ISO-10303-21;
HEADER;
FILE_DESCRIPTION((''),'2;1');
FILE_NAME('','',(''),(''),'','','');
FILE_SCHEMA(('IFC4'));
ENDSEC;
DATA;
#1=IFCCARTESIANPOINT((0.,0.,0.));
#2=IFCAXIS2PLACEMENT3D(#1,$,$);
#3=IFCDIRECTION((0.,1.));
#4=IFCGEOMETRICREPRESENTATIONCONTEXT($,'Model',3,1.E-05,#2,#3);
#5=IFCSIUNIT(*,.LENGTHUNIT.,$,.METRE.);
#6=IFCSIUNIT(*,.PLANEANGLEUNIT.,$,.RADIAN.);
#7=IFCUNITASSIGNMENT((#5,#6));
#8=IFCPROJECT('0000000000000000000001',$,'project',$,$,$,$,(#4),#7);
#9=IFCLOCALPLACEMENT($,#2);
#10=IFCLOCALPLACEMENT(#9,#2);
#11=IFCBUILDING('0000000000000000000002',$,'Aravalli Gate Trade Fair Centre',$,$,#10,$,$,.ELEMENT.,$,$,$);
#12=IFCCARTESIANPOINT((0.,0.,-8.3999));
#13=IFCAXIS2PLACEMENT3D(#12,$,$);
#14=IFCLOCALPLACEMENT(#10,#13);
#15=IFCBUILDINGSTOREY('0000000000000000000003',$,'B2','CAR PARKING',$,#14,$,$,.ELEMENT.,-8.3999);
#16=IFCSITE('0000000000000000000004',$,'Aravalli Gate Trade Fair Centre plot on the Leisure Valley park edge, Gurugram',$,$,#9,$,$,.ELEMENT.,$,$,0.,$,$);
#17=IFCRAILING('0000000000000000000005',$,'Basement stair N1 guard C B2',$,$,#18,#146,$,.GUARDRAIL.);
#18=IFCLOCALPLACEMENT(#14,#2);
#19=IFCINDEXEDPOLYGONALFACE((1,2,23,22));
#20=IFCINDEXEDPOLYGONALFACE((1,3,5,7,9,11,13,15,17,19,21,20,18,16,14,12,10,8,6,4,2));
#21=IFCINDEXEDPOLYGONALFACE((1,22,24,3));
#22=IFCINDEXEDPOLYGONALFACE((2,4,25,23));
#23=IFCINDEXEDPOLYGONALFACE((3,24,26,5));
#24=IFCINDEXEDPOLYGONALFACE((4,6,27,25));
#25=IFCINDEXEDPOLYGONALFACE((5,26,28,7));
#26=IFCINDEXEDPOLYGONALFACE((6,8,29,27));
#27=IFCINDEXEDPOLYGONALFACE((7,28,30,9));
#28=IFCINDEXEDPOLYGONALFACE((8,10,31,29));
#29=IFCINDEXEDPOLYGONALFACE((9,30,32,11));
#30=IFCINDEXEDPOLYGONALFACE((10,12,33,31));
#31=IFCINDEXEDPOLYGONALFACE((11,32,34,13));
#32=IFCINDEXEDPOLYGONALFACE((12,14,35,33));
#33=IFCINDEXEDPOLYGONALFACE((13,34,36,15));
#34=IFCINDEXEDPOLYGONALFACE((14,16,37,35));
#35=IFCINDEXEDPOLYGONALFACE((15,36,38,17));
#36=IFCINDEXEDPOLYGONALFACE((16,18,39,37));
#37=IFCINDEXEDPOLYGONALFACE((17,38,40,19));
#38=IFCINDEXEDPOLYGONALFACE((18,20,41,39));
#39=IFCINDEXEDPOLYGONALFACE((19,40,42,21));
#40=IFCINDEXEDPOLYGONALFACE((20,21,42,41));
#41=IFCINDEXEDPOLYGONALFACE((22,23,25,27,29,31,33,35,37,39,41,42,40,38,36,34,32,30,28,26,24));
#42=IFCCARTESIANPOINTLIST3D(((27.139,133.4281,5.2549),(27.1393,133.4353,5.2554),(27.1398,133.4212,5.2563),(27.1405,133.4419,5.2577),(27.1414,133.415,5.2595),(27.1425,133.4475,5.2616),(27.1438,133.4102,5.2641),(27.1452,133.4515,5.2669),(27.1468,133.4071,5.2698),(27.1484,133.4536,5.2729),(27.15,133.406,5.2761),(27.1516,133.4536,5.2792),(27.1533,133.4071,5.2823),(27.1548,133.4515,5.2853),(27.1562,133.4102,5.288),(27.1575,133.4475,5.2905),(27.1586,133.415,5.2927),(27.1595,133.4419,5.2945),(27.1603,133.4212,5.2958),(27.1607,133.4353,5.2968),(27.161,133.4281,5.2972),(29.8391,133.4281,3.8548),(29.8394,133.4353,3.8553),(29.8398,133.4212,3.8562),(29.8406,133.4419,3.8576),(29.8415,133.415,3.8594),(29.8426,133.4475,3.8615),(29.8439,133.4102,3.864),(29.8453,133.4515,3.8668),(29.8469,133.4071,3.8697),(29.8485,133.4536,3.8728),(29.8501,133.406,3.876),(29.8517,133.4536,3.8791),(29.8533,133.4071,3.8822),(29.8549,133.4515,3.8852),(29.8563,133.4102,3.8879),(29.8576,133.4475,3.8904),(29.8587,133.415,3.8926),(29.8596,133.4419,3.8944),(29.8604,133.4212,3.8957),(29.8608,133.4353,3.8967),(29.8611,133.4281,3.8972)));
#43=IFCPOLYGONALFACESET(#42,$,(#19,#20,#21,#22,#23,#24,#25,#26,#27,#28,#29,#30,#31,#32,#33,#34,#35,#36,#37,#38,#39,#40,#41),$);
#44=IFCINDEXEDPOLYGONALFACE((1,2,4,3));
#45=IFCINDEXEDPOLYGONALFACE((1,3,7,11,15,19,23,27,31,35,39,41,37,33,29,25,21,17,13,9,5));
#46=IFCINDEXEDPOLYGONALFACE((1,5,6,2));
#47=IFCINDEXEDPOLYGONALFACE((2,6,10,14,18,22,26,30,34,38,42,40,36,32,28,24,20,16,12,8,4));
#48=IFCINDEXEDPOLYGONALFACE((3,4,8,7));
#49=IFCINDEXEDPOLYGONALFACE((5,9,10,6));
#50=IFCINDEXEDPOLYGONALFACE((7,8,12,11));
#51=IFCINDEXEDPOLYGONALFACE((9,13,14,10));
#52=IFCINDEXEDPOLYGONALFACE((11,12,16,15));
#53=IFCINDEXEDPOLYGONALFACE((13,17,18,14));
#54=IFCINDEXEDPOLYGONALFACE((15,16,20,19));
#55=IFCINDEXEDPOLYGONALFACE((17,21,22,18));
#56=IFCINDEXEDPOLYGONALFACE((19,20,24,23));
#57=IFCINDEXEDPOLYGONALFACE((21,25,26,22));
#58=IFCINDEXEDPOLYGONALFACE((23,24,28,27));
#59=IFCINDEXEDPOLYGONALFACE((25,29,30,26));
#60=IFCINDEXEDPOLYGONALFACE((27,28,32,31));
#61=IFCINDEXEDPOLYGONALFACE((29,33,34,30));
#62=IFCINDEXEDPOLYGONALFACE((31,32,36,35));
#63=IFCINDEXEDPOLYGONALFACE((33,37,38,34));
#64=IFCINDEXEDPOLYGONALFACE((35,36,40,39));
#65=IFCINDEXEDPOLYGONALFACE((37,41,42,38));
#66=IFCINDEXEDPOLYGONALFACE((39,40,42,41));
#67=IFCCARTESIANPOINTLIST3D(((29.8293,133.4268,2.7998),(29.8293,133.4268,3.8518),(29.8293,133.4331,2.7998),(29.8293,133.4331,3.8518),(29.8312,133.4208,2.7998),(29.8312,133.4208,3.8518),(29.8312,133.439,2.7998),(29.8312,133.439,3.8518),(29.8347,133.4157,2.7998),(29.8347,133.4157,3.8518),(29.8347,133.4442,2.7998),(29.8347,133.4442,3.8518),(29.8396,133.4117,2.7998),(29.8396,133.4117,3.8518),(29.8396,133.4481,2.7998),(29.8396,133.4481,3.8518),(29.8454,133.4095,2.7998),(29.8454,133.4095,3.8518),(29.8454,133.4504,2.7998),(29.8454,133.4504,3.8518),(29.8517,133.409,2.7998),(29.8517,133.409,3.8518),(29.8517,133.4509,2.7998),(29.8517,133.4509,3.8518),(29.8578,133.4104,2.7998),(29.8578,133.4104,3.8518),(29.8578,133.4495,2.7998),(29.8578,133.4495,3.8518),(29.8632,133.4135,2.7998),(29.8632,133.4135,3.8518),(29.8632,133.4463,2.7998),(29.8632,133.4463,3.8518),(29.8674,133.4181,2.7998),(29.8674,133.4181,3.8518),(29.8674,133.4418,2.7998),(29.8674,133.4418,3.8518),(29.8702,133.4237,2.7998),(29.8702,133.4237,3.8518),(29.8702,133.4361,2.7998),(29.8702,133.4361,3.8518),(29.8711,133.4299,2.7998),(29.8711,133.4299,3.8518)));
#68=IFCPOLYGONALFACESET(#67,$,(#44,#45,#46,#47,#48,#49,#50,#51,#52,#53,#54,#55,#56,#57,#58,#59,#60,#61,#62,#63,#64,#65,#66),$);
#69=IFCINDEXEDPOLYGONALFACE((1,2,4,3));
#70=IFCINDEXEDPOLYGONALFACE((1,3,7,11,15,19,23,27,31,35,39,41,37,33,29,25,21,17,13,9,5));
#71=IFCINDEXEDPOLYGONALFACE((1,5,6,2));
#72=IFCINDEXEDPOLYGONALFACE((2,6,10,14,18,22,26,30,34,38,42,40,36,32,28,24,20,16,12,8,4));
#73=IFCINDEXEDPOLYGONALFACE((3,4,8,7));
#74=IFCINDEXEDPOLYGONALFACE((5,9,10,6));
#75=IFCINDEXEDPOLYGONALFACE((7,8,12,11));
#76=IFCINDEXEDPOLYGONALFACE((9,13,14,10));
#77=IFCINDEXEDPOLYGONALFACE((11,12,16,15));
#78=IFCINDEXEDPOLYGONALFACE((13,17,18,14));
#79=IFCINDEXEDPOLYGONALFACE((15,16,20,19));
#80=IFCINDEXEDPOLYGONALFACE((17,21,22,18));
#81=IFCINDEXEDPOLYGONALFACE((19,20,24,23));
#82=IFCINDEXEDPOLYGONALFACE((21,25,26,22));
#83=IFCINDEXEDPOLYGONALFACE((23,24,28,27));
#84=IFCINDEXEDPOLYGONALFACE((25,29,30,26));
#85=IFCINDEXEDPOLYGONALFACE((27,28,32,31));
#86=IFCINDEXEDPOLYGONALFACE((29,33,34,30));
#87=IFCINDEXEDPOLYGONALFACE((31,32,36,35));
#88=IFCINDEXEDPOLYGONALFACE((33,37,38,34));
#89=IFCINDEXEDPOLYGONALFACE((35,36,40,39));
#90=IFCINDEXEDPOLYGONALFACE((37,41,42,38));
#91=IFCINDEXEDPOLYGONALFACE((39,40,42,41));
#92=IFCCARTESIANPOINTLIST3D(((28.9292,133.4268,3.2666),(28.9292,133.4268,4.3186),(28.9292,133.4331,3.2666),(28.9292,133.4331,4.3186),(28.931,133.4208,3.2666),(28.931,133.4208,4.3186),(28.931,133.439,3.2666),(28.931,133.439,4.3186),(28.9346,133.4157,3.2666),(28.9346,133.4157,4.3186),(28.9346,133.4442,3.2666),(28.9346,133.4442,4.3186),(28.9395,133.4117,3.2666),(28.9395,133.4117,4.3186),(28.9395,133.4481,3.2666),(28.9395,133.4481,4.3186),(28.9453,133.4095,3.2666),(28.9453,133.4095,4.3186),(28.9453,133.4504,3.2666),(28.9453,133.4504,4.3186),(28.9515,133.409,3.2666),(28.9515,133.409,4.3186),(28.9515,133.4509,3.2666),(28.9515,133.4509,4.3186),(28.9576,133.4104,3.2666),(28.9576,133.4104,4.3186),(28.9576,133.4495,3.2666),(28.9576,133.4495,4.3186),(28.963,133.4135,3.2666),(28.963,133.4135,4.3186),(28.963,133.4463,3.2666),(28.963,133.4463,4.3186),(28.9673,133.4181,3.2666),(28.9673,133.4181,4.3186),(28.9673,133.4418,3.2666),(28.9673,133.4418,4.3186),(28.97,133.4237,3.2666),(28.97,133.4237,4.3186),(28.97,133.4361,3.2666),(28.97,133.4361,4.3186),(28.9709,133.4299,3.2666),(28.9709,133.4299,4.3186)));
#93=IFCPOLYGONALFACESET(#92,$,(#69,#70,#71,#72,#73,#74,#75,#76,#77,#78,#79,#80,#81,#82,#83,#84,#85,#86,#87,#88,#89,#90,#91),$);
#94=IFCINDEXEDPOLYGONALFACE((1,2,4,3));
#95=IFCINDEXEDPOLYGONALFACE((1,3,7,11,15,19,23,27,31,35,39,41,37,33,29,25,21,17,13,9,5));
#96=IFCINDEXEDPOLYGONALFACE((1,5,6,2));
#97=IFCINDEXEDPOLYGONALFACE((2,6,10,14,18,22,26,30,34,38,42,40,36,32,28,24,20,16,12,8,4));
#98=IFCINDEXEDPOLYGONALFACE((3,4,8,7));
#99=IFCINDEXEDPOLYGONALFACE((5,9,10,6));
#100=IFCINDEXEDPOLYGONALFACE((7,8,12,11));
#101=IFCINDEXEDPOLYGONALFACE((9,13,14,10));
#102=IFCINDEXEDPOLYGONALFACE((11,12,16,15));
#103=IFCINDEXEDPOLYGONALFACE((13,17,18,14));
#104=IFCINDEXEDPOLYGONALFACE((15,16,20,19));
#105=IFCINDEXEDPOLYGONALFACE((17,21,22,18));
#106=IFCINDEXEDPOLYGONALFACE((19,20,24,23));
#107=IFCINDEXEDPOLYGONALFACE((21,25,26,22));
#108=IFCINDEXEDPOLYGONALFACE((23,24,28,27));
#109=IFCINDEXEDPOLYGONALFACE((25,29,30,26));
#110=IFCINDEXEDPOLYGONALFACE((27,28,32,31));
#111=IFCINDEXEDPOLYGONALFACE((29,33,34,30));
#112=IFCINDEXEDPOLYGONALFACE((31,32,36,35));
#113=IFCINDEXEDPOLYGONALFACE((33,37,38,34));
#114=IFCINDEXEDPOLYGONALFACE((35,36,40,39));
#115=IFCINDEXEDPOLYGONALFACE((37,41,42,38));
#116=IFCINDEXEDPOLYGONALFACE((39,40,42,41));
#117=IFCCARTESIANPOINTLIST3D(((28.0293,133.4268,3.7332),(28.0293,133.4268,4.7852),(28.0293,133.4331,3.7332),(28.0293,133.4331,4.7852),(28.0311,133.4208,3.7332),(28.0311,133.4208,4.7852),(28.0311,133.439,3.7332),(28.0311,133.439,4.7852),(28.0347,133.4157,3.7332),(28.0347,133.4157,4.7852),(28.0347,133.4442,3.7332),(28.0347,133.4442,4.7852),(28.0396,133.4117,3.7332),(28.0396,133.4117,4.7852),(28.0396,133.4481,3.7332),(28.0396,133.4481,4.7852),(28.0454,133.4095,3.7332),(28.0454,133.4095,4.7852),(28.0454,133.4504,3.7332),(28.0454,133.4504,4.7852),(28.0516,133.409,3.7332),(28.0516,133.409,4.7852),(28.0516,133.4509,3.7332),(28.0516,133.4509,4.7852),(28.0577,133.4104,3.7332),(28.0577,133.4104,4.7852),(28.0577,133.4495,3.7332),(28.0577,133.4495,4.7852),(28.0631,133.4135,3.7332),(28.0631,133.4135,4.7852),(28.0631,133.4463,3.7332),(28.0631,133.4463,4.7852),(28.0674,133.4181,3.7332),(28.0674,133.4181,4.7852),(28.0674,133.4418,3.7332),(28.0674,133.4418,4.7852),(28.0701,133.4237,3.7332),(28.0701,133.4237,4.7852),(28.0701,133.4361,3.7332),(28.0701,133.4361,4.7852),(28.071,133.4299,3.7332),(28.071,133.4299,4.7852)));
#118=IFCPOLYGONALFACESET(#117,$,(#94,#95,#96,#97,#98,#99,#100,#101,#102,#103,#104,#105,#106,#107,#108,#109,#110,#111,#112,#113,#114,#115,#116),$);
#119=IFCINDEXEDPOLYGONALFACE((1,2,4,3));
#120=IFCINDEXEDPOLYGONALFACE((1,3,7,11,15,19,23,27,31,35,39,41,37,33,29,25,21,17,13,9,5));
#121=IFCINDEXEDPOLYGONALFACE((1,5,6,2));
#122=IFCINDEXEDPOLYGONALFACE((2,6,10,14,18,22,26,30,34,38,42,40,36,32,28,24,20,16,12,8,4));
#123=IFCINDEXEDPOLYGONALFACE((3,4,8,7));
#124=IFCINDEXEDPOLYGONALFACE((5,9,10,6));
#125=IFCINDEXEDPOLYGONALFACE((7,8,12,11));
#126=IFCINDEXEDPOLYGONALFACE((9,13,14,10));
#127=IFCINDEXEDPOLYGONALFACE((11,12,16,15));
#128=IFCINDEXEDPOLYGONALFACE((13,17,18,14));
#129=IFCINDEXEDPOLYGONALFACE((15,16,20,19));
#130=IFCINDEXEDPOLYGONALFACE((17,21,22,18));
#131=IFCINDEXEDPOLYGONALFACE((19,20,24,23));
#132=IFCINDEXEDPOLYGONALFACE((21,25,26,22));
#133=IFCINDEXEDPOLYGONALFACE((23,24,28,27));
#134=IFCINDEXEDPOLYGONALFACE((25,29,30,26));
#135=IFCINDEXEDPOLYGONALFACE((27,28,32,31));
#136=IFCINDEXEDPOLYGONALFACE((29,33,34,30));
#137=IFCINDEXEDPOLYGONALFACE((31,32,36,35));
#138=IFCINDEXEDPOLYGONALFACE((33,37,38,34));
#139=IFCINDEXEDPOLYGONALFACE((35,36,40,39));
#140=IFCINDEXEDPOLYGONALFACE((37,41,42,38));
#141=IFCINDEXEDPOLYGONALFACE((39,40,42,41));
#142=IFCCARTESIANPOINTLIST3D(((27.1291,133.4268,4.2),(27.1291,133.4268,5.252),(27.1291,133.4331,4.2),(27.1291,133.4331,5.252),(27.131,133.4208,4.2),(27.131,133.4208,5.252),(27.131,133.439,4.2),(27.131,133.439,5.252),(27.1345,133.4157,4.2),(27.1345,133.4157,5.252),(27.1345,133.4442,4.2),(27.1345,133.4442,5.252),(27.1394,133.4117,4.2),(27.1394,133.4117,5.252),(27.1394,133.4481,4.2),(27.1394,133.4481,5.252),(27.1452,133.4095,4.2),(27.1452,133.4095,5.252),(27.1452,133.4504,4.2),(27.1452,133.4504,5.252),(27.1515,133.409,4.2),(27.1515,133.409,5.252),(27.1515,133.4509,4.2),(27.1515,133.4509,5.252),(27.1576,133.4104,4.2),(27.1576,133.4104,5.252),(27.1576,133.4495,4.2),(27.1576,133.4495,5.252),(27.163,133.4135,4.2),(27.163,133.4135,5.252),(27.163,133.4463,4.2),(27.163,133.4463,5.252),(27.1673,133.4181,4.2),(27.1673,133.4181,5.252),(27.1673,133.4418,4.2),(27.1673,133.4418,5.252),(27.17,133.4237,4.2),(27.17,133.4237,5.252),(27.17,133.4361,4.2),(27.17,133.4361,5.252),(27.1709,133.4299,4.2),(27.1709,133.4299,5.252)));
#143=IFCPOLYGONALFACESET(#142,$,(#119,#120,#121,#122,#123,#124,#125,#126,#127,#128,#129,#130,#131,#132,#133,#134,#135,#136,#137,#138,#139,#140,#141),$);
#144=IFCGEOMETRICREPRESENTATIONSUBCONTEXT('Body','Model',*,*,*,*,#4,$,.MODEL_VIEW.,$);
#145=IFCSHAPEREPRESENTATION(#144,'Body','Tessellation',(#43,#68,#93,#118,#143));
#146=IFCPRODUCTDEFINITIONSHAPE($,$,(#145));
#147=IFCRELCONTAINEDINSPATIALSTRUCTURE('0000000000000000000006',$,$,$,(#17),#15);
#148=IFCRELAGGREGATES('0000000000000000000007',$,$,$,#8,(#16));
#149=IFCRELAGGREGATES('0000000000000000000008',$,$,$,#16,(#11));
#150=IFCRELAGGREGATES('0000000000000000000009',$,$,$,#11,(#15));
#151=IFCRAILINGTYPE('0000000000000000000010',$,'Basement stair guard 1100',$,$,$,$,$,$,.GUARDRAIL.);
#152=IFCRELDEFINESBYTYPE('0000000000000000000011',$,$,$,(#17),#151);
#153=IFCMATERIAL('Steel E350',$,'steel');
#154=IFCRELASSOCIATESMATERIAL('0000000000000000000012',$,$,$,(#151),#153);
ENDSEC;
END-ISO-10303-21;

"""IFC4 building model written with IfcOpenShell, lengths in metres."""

from ifc_helpers import new_model, si_unit, direction, frame, origin, origin_2d, place, context, subcontext, project, spatial, circle, extrude, material, type_object, element, save


model = new_model("IFC4")

# Units and contexts
model_context = context("Model", 3, precision=1e-05, world=origin(), true_north=direction((0.0, 1.0)))
body_context = subcontext(model_context, "Body", "Model", "MODEL_VIEW")
ifc_project = project(units=[si_unit("LENGTHUNIT", "METRE"), si_unit("PLANEANGLEUNIT", "RADIAN")], contexts=[model_context])

# Site, building, storey
site_placement = place(None, origin())
site = spatial("IfcSite", under=ifc_project, at=site_placement, Name="Aravalli Gate Trade Fair Centre plot on the Leisure Valley park edge, Gurugram", CompositionType="ELEMENT", RefElevation=0.0)
building_placement = place(site_placement, origin())
building = spatial("IfcBuilding", under=site, at=building_placement, Name="Aravalli Gate Trade Fair Centre", CompositionType="ELEMENT")
storey_placement = place(building_placement, frame((0.0, 0.0, -8.3999)))
storey = spatial("IfcBuildingStorey", under=building, at=storey_placement, Name="B2", Description="CAR PARKING", CompositionType="ELEMENT", Elevation=-8.3999)

# Railing
ifc_material_1 = material(Name="Steel E350", Category="steel")
railing_type_1 = type_object("IfcRailingType", Name="Basement stair guard 1100", PredefinedType="GUARDRAIL", material=ifc_material_1)
railing_1_placement = place(storey_placement, frame((29.8501, 133.4299, 2.7998)))
element("IfcRailing", 1, at=railing_1_placement, inside=storey, type_object=railing_type_1, Name="Basement stair N1 guard C B2", PredefinedType="GUARDRAIL", context=body_context, shape_type="SweptSolid", body=[
    extrude(circle(Radius=0.0239, at=origin_2d()), frame((0.0, 0.0, 1.0762), z_axis=(-0.887748, 0.0, 0.460329), x_axis=(0.0, -1.0, 0.0)), (0.0, 0.0, 1.0), 3.0415),
    extrude(circle(Radius=0.021, at=origin_2d()), origin(), (0.0, 0.0, 1.0), 1.052),
    extrude(circle(Radius=0.021, at=origin_2d()), frame((-0.9001, 0.0, 0.4668)), (0.0, 0.0, 1.0), 1.052),
    extrude(circle(Radius=0.021, at=origin_2d()), frame((-1.8, 0.0, 0.9333)), (0.0, 0.0, 1.0), 1.052),
    extrude(circle(Radius=0.021, at=origin_2d()), frame((-2.7002, 0.0, 1.4001)), (0.0, 0.0, 1.0), 1.052),
])

save(model, "model.ifc")
